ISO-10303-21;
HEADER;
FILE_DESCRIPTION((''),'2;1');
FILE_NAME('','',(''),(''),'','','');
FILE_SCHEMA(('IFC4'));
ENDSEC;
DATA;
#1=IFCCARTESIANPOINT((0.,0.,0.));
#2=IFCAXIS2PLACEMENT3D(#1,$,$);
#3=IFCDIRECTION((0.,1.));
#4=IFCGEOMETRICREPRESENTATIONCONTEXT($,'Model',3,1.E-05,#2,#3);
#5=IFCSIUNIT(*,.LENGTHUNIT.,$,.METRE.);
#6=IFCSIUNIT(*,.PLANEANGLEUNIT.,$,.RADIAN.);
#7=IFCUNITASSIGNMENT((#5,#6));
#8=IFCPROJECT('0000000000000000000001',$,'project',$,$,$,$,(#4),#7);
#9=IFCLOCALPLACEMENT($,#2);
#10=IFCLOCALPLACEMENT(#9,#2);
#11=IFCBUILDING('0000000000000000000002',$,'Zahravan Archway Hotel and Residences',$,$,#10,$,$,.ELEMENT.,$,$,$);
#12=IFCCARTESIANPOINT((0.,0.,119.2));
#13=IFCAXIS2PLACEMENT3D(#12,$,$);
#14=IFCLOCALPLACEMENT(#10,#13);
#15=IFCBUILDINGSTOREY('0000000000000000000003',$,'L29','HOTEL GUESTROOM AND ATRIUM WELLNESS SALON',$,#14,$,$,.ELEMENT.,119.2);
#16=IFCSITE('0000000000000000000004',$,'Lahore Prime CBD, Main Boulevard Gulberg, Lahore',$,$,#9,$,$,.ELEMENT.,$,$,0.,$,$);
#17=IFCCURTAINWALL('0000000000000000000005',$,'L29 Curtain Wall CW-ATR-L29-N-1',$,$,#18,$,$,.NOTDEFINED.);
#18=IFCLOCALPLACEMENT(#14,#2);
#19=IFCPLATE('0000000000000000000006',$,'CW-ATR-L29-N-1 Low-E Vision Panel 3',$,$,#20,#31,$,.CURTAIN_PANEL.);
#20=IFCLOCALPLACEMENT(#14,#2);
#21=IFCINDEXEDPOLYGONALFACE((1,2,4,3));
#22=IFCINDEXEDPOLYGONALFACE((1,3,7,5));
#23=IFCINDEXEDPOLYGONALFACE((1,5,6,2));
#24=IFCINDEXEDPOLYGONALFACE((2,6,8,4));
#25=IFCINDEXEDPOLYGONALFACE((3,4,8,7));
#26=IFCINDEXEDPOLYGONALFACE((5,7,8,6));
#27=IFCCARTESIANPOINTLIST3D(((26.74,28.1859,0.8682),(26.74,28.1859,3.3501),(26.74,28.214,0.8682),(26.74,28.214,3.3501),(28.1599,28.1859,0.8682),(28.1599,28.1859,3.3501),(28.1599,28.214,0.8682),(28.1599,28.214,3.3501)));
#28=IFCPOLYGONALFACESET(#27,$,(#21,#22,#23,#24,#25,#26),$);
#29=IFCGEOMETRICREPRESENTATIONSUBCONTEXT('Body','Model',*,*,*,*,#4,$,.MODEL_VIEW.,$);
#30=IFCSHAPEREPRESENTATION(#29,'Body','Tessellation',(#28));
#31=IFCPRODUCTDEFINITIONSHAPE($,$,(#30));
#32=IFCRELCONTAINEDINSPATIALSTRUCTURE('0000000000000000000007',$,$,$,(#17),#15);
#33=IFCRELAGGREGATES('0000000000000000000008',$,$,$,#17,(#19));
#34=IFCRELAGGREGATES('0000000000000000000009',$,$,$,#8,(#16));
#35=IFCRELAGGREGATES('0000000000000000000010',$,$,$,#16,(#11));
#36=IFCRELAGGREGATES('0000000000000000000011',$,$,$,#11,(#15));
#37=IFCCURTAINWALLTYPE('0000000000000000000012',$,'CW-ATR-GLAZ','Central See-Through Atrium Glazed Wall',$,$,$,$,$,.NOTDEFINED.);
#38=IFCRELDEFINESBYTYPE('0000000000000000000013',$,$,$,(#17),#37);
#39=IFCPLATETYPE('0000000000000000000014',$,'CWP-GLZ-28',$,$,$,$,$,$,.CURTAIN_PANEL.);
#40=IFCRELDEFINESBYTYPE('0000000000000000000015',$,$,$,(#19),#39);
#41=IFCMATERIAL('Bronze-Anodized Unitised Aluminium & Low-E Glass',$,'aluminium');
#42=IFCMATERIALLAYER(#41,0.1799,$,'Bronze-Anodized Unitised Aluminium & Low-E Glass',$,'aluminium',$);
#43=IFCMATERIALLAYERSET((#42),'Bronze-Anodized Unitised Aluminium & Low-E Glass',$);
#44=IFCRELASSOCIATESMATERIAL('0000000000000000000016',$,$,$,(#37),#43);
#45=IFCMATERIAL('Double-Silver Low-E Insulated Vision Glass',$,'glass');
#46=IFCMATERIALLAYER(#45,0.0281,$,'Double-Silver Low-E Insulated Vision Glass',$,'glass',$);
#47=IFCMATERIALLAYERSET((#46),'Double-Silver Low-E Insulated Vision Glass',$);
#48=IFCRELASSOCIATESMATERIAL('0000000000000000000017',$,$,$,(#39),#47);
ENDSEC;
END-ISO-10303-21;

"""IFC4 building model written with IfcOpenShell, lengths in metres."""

from ifc_helpers import new_model, si_unit, direction, frame, origin, origin_2d, place, context, subcontext, project, spatial, rectangle, extrude, source, transform, mapped, material, layer, layer_set, type_object, element, aggregate, save


model = new_model("IFC4")

# Units and contexts
model_context = context("Model", 3, precision=1e-05, world=origin(), true_north=direction((0.0, 1.0)))
body_context = subcontext(model_context, "Body", "Model", "MODEL_VIEW")
ifc_project = project(units=[si_unit("LENGTHUNIT", "METRE"), si_unit("PLANEANGLEUNIT", "RADIAN")], contexts=[model_context])

# Site, building, storey
site_placement = place(None, origin())
site = spatial("IfcSite", under=ifc_project, at=site_placement, Name="Lahore Prime CBD, Main Boulevard Gulberg, Lahore", CompositionType="ELEMENT", RefElevation=0.0)
building_placement = place(site_placement, origin())
building = spatial("IfcBuilding", under=site, at=building_placement, Name="Zahravan Archway Hotel and Residences", CompositionType="ELEMENT")
storey_placement = place(building_placement, frame((0.0, 0.0, 119.2)))
storey = spatial("IfcBuildingStorey", under=building, at=storey_placement, Name="L29", Description="HOTEL GUESTROOM AND ATRIUM WELLNESS SALON", CompositionType="ELEMENT", Elevation=119.2)

# Curtain wall
ifc_material_1 = material(Name="Bronze-Anodized Unitised Aluminium & Low-E Glass", Category="aluminium")
ifc_layer_1 = layer(ifc_material_1, 0.1799, Name="Bronze-Anodized Unitised Aluminium & Low-E Glass", Category="aluminium")
ifc_layer_set_1 = layer_set([ifc_layer_1], Name="Bronze-Anodized Unitised Aluminium & Low-E Glass")
curtain_wall_type = type_object("IfcCurtainWallType", Name="CW-ATR-GLAZ", Description="Central See-Through Atrium Glazed Wall", PredefinedType="NOTDEFINED", material=ifc_layer_set_1)
curtain_wall_1_placement = place(storey_placement, origin())
curtain_wall_1 = element("IfcCurtainWall", 1, at=curtain_wall_1_placement, inside=storey, type_object=curtain_wall_type, Name="L29 Curtain Wall CW-ATR-L29-N-1", PredefinedType="NOTDEFINED")

# Plate
ifc_material_2 = material(Name="Double-Silver Low-E Insulated Vision Glass", Category="glass")
ifc_layer_2 = layer(ifc_material_2, 0.0281, Name="Double-Silver Low-E Insulated Vision Glass", Category="glass")
ifc_layer_set_2 = layer_set([ifc_layer_2], Name="Double-Silver Low-E Insulated Vision Glass")
plate_type_1 = type_object("IfcPlateType", Name="CWP-GLZ-28", PredefinedType="CURTAIN_PANEL", material=ifc_layer_set_2)
shared_shape_1 = source(origin(), body_context, "Body", "SweptSolid", [
    extrude(rectangle(XDim=1.4199, YDim=0.0281, at=origin_2d()), origin(), (0.0, 0.0, 1.0), 2.4819),
])
plate_1_placement = place(storey_placement, frame((27.45, 28.2, 0.8682), z_axis=(0.0, 0.0, 1.0), x_axis=(1.0, 0.0, 0.0)))
plate_1 = element("IfcPlate", 2, at=plate_1_placement, type_object=plate_type_1, Name="CW-ATR-L29-N-1 Low-E Vision Panel 3", PredefinedType="CURTAIN_PANEL", context=body_context, shape_type="MappedRepresentation", body=[
    mapped(shared_shape_1, transform((0.0, 0.0, 0.0), scale=1.0)),
])
aggregate(curtain_wall_1, [plate_1])

save(model, "model.ifc")
